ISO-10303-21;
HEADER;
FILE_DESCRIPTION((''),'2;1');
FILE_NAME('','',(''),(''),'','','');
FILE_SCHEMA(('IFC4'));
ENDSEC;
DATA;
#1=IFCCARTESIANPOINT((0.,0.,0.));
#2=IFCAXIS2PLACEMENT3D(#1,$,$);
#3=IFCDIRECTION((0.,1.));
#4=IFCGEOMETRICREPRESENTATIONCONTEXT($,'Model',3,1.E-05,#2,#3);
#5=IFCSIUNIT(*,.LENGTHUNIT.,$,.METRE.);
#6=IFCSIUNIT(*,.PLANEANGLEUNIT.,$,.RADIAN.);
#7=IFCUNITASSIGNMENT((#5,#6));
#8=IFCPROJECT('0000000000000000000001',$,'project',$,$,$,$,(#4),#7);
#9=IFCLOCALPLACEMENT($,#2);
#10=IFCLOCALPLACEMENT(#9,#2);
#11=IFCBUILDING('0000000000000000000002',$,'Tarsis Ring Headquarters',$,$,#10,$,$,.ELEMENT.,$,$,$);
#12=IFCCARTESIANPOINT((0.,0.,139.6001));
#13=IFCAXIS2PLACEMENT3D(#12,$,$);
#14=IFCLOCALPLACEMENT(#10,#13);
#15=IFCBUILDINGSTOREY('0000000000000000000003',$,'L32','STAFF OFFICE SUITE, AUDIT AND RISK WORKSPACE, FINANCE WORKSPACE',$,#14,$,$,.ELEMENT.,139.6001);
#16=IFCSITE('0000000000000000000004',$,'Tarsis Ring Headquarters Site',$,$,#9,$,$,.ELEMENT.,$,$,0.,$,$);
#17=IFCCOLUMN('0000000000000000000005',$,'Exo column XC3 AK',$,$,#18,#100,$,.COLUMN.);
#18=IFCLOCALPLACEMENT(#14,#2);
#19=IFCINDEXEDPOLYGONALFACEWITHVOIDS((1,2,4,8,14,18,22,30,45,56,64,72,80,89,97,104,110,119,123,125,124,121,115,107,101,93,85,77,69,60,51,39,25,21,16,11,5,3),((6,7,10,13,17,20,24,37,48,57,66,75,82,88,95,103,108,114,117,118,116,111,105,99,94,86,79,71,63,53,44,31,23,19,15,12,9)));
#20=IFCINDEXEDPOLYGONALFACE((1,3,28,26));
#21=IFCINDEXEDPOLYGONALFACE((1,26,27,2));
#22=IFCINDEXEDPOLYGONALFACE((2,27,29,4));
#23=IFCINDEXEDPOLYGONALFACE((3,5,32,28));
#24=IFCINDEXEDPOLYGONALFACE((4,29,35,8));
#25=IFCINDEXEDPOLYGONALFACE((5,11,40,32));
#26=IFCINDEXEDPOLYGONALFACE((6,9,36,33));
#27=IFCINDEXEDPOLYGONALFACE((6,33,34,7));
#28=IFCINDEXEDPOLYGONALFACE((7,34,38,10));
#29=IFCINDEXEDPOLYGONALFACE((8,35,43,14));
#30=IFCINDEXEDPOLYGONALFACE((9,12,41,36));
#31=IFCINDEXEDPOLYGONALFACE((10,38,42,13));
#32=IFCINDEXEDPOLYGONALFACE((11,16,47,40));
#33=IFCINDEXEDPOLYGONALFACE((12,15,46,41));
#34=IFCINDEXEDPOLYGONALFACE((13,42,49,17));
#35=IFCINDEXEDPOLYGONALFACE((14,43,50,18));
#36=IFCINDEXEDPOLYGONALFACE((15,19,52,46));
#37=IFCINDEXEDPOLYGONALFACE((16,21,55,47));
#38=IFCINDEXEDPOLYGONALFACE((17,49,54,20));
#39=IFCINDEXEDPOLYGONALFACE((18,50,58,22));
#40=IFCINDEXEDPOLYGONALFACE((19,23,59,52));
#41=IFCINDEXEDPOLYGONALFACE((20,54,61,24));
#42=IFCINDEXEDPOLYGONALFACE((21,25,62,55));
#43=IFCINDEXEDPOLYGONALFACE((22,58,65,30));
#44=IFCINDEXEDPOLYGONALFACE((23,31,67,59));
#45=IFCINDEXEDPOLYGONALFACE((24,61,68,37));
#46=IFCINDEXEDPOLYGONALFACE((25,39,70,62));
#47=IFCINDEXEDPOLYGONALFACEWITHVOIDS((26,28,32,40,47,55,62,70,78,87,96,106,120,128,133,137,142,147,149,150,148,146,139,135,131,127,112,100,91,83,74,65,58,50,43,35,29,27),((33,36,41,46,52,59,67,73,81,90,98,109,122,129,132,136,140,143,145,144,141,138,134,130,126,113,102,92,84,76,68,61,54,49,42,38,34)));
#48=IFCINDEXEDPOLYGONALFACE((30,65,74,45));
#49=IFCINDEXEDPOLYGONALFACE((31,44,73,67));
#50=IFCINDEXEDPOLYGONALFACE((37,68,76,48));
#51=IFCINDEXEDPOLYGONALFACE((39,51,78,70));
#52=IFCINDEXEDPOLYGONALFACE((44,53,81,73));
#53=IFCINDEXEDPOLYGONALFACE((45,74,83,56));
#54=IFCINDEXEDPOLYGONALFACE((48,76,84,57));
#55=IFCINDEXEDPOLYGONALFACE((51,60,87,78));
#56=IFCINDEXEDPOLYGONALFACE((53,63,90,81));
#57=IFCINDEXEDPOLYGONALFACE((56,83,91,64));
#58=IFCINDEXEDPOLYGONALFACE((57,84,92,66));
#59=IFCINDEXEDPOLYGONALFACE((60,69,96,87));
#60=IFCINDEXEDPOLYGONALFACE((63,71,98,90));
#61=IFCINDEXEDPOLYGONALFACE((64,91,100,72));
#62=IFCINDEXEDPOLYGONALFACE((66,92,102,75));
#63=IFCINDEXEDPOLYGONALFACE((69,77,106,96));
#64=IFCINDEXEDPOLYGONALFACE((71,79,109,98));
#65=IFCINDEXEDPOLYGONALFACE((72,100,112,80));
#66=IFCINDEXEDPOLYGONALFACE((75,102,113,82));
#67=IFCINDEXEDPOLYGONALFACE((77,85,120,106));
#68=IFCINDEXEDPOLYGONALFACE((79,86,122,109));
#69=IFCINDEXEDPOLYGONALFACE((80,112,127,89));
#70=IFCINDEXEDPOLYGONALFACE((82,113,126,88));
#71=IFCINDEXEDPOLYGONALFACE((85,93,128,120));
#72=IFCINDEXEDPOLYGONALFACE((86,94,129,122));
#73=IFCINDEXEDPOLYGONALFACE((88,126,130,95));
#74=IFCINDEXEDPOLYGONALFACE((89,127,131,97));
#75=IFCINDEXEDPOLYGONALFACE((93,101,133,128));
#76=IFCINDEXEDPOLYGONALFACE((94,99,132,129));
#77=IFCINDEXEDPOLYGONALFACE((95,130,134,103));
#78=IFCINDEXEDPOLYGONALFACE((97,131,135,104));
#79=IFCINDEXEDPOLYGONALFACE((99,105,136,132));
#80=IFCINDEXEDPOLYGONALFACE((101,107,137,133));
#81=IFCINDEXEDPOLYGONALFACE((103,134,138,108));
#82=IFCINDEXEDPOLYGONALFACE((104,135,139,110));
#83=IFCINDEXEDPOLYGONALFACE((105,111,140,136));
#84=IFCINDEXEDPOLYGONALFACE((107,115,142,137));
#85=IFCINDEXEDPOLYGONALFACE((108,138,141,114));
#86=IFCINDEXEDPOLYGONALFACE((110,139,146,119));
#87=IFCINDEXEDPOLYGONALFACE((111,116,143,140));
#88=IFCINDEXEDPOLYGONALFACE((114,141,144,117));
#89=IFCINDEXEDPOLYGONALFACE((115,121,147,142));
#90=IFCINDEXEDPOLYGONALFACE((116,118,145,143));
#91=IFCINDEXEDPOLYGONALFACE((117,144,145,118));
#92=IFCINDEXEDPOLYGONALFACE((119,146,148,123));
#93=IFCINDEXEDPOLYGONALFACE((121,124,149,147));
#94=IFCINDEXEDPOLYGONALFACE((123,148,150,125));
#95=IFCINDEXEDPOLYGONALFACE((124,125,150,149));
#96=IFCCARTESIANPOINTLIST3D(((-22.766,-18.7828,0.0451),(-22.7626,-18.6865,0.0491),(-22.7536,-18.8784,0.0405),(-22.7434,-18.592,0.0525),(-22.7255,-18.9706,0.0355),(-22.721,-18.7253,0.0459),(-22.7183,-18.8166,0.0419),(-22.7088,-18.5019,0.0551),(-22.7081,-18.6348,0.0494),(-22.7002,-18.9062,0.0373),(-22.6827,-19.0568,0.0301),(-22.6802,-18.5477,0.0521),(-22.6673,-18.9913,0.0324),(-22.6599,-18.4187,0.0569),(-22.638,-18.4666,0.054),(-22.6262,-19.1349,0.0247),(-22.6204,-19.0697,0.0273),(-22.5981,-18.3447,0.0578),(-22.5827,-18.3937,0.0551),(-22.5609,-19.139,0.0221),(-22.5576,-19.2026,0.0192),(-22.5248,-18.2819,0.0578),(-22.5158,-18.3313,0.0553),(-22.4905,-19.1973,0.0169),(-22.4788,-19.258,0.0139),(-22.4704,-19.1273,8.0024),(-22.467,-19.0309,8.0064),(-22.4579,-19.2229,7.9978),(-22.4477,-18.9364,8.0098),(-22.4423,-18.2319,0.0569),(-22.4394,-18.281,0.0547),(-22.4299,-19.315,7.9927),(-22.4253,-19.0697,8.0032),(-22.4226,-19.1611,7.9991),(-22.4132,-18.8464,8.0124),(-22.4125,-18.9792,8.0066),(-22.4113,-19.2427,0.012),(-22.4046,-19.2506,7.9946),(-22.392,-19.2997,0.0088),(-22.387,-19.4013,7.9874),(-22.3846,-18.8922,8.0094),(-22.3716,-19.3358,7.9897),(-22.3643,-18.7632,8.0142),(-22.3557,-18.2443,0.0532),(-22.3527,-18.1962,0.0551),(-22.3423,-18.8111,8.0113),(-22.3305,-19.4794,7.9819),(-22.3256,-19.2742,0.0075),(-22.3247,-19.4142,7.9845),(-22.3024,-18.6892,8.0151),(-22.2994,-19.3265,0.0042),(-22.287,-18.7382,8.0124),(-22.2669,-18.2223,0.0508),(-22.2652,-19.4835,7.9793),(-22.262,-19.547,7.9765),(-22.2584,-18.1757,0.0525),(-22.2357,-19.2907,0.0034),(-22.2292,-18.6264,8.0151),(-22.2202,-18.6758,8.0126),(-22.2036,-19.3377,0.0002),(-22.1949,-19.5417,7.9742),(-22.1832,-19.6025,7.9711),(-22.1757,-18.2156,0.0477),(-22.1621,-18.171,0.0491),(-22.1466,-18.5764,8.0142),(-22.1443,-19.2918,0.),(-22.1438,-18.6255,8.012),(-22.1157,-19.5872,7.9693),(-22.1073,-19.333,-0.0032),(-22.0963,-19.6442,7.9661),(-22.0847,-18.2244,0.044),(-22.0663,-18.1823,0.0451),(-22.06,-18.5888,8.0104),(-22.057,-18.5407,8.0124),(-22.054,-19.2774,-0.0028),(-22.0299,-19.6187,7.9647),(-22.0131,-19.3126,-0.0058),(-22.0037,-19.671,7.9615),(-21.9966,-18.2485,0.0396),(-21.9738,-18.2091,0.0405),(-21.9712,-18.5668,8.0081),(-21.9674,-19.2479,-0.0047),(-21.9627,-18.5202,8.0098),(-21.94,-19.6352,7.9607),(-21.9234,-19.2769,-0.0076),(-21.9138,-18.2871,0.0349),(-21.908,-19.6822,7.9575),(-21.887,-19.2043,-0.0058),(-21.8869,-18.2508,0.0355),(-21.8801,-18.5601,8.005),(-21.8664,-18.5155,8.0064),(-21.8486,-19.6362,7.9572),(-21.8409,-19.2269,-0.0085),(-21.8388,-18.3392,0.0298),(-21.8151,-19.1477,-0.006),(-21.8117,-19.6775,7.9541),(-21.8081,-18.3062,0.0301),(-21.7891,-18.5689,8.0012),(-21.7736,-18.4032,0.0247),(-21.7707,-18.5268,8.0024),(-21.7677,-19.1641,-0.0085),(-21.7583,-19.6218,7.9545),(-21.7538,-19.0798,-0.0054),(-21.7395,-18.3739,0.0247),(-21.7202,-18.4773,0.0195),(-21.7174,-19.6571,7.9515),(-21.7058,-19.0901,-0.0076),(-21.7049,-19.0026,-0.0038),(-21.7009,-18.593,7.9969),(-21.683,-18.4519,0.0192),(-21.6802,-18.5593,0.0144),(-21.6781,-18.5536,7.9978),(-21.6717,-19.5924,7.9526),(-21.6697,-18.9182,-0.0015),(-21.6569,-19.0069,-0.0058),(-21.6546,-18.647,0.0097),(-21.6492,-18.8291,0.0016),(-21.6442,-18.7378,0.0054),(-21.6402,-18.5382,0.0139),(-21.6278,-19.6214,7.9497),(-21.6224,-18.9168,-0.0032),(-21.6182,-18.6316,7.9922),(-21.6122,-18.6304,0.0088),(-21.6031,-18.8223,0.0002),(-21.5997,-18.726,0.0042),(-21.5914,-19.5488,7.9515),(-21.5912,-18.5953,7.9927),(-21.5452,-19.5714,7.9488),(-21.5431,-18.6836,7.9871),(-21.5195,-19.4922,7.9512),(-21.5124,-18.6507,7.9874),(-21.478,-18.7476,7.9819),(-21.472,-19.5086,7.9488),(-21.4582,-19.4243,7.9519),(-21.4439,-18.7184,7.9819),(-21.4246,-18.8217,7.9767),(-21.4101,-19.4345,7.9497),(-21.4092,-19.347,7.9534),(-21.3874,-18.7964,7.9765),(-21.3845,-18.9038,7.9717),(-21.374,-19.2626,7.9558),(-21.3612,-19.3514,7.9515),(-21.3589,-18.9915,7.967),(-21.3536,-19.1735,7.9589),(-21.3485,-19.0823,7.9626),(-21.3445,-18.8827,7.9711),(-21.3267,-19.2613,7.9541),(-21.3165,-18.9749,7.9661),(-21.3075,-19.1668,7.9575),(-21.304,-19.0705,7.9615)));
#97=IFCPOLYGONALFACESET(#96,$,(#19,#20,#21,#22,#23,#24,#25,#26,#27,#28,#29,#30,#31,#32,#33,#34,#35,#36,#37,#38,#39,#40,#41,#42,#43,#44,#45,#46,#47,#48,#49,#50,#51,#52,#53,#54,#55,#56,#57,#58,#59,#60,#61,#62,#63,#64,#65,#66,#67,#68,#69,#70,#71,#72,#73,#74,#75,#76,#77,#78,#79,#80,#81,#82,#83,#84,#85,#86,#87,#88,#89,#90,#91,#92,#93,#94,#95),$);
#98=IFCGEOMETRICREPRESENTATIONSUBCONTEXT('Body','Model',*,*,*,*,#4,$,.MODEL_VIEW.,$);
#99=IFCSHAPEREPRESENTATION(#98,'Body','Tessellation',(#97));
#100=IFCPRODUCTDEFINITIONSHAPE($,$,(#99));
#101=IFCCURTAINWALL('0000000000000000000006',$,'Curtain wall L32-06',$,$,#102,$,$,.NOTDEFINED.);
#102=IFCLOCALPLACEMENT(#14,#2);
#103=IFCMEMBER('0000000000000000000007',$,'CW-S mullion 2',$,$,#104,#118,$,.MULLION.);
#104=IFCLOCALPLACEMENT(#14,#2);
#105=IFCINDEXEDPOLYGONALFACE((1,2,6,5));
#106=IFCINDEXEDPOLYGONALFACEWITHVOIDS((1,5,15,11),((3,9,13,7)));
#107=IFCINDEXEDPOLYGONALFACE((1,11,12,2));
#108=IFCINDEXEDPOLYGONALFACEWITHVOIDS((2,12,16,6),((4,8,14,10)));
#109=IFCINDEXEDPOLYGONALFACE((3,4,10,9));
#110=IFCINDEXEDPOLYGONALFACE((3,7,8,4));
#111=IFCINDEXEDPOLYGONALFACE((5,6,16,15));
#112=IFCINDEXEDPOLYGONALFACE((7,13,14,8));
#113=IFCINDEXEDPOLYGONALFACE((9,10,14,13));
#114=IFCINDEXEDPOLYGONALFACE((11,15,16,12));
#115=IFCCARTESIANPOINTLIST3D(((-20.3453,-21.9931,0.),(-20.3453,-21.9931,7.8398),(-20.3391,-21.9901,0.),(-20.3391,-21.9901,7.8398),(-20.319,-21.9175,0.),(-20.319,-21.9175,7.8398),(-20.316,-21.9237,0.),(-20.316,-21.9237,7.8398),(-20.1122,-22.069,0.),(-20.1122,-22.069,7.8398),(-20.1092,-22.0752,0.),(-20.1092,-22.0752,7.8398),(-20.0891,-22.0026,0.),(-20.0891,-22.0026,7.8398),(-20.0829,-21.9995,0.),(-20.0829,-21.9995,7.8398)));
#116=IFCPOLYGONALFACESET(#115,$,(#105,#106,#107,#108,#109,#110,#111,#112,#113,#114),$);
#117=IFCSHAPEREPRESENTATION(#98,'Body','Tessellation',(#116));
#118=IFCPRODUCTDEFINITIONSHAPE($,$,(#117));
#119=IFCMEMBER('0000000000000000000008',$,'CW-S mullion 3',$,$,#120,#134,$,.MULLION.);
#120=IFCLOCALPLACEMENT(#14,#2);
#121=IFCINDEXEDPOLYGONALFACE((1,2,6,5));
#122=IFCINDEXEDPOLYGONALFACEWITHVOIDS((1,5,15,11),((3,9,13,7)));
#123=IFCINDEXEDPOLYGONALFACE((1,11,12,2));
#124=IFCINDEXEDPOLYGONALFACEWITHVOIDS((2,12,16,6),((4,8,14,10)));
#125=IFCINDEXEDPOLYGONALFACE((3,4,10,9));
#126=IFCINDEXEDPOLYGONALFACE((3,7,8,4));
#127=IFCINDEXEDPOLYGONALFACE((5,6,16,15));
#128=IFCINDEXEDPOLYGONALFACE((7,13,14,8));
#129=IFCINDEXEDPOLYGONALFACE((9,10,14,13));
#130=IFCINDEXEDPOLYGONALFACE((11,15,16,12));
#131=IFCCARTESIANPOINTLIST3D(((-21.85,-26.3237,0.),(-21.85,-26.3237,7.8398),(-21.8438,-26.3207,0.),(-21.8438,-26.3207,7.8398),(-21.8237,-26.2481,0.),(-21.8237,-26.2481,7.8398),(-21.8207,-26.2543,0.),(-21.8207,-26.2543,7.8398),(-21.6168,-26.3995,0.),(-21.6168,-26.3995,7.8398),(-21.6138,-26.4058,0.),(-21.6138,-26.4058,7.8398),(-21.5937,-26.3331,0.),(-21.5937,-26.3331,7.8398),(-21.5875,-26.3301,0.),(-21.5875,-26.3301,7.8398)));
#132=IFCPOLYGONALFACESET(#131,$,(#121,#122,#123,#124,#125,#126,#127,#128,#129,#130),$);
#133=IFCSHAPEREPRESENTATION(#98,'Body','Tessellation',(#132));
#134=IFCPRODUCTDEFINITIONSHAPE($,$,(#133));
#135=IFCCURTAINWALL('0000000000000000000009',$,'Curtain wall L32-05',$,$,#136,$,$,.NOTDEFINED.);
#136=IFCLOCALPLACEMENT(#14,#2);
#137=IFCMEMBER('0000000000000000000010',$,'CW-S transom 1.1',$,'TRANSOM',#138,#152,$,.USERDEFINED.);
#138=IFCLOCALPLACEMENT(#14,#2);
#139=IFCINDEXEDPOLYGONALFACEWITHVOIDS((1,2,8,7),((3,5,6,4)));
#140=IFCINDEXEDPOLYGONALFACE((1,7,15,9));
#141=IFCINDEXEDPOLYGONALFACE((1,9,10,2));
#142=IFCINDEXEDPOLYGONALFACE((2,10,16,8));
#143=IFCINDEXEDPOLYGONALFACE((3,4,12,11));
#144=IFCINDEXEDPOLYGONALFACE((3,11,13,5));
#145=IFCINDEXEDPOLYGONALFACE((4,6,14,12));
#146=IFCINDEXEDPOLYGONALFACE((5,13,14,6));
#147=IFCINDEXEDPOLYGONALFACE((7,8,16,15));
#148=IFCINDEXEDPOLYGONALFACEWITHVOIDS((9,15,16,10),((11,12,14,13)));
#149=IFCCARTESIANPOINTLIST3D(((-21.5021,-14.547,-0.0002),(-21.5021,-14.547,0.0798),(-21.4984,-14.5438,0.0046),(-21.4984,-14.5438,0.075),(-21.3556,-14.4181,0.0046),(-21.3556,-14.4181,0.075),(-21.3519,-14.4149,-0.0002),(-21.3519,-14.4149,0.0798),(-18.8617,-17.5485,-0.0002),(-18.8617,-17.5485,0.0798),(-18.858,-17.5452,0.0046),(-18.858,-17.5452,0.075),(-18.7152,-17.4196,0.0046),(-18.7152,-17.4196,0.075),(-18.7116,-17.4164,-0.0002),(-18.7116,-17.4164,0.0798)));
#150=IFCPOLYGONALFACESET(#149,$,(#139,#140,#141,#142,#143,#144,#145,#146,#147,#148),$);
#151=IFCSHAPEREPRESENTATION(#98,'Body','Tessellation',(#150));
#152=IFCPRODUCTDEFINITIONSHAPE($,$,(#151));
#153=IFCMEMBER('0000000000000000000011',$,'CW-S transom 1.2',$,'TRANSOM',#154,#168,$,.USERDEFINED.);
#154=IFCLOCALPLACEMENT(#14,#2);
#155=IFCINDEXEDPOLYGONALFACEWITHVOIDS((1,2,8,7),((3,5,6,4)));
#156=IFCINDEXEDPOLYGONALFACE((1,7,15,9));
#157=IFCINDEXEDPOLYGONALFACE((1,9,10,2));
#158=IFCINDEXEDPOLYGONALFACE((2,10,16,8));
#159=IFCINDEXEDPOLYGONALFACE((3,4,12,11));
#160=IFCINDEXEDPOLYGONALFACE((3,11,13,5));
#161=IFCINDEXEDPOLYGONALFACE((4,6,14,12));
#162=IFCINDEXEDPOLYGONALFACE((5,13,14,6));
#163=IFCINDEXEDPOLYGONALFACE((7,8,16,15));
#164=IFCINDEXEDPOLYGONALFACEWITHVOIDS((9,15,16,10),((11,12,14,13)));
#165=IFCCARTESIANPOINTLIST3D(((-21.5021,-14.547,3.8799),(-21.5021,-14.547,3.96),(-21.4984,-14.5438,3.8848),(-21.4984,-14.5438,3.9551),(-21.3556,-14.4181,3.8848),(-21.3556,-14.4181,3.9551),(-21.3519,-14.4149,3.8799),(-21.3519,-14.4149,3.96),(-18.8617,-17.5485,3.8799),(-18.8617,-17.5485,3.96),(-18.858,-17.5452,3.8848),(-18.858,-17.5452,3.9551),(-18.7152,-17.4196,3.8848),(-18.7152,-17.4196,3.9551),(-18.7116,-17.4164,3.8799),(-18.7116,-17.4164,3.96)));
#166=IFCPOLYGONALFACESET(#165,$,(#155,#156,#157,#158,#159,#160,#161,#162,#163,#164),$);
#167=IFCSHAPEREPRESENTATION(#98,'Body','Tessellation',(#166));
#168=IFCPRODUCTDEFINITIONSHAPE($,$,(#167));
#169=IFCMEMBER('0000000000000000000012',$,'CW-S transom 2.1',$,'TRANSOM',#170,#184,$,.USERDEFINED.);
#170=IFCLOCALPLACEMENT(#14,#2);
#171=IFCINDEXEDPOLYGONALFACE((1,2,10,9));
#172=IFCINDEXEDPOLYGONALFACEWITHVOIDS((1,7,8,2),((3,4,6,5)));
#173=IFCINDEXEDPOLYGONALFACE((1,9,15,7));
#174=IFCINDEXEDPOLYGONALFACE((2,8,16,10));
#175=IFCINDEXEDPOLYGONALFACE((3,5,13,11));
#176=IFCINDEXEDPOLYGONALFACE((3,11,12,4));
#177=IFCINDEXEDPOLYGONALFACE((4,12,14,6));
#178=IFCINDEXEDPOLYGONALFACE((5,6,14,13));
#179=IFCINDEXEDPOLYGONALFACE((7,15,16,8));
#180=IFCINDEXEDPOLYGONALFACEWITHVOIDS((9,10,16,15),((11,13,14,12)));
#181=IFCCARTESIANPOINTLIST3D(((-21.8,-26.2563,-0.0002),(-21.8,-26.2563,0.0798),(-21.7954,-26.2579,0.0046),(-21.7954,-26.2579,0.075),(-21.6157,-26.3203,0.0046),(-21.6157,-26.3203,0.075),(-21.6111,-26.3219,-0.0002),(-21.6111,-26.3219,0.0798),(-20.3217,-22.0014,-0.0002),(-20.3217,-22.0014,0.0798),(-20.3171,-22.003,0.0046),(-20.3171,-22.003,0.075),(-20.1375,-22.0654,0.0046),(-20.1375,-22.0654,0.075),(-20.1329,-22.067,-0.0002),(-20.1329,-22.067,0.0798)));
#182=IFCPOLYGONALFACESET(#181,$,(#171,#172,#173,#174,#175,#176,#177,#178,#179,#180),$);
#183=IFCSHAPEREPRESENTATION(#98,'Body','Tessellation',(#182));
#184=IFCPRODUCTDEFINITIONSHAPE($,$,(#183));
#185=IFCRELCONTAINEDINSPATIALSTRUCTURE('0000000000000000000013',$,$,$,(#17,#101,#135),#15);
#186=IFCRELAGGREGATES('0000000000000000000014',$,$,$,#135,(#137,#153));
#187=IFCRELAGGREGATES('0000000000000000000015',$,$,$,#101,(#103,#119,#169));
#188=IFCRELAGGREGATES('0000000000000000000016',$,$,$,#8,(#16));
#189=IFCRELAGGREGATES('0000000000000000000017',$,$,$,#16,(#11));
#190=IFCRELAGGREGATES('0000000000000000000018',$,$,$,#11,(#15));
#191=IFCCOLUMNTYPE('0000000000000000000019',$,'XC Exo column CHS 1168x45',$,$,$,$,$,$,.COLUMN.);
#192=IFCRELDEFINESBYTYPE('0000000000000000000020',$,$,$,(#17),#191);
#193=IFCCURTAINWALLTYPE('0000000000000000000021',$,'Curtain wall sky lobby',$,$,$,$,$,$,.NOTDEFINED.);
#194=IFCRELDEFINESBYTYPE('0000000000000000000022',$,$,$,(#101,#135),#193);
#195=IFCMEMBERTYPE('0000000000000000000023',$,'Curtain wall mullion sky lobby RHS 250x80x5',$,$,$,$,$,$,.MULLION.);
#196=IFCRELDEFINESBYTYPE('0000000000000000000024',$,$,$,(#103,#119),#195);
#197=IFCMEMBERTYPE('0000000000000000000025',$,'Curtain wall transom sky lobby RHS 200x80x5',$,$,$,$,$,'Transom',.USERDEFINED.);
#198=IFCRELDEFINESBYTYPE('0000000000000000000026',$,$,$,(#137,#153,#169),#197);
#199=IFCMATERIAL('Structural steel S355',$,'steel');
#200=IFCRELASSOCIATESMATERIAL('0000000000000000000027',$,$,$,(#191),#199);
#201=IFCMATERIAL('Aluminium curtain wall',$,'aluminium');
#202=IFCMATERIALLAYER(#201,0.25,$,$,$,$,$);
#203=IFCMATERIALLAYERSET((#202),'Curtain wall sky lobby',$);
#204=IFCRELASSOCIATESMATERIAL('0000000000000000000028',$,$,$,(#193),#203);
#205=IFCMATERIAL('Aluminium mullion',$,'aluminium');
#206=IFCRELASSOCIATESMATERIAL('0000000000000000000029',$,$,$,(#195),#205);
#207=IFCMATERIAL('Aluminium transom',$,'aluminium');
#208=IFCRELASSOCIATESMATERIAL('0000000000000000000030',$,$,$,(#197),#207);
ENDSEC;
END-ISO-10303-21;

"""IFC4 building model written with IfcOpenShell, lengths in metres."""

from ifc_helpers import new_model, si_unit, direction, frame, origin, origin_2d, place, context, subcontext, project, spatial, hollow_rectangle, hollow_circle, extrude, material, layer, layer_set, material_profile, profile_set, type_object, element, aggregate, save


model = new_model("IFC4")

# Units and contexts
model_context = context("Model", 3, precision=1e-05, world=origin(), true_north=direction((0.0, 1.0)))
body_context = subcontext(model_context, "Body", "Model", "MODEL_VIEW")
ifc_project = project(units=[si_unit("LENGTHUNIT", "METRE"), si_unit("PLANEANGLEUNIT", "RADIAN")], contexts=[model_context])

# Site, building, storey
site_placement = place(None, origin())
site = spatial("IfcSite", under=ifc_project, at=site_placement, Name="Tarsis Ring Headquarters Site", CompositionType="ELEMENT", RefElevation=0.0)
building_placement = place(site_placement, origin())
building = spatial("IfcBuilding", under=site, at=building_placement, Name="Tarsis Ring Headquarters", CompositionType="ELEMENT")
storey_placement = place(building_placement, frame((0.0, 0.0, 139.6001)))
storey = spatial("IfcBuildingStorey", under=building, at=storey_placement, Name="L32", Description="STAFF OFFICE SUITE, AUDIT AND RISK WORKSPACE, FINANCE WORKSPACE", CompositionType="ELEMENT", Elevation=139.6001)

# Column
ifc_material_1 = material(Name="Structural steel S355", Category="steel")
ifc_material_profile_1 = material_profile(ifc_material_1, hollow_circle(Radius=0.5842, WallThickness=0.0449, at=origin_2d()), Name="CHS 1168x45")
ifc_profile_set_1 = profile_set([ifc_material_profile_1], Name="Structural steel S355")
column_type = type_object("IfcColumnType", Name="XC Exo column CHS 1168x45", PredefinedType="COLUMN", material=ifc_profile_set_1)
column_placement = place(storey_placement, frame((-22.1829, -18.7544, 0.0247), z_axis=(0.037095, -0.043221, 0.998377), x_axis=(0.758839, 0.651278, 0.0)))
element("IfcColumn", 1, at=column_placement, inside=storey, type_object=column_type, Name="Exo column XC3 AK", PredefinedType="COLUMN", context=body_context, shape_type="SweptSolid", body=[
    extrude(hollow_circle(Radius=0.5842, WallThickness=0.0449, at=origin_2d()), origin(), (0.0, 0.0, 1.0), 7.9702),
])

# Curtain walls, members
ifc_material_2 = material(Name="Aluminium curtain wall", Category="aluminium")
ifc_layer_1 = layer(ifc_material_2, 0.25)
ifc_layer_set_1 = layer_set([ifc_layer_1], Name="Curtain wall sky lobby")
curtain_wall_type = type_object("IfcCurtainWallType", Name="Curtain wall sky lobby", PredefinedType="NOTDEFINED", material=ifc_layer_set_1)
curtain_wall_1_placement = place(storey_placement, origin())
curtain_wall_1 = element("IfcCurtainWall", 2, at=curtain_wall_1_placement, inside=storey, type_object=curtain_wall_type, Name="Curtain wall L32-06", PredefinedType="NOTDEFINED")
ifc_material_3 = material(Name="Aluminium mullion", Category="aluminium")
ifc_material_profile_2 = material_profile(ifc_material_3, hollow_rectangle(XDim=0.25, YDim=0.0801, WallThickness=0.0049, at=origin_2d()), Name="RHS 250x80x5")
ifc_profile_set_2 = profile_set([ifc_material_profile_2], Name="Aluminium mullion")
member_type_1 = type_object("IfcMemberType", Name="Curtain wall mullion sky lobby RHS 250x80x5", PredefinedType="MULLION", material=ifc_profile_set_2)
member_1_placement = place(storey_placement, frame((-20.2141, -21.9963, 0.0), z_axis=(0.0, 0.0, 1.0), x_axis=(0.944606, -0.328207, 0.0)))
member_1 = element("IfcMember", 3, at=member_1_placement, type_object=member_type_1, Name="CW-S mullion 2", PredefinedType="MULLION", context=body_context, shape_type="SweptSolid", body=[
    extrude(hollow_rectangle(XDim=0.25, YDim=0.0801, WallThickness=0.0049, at=origin_2d()), origin(), (0.0, 0.0, 1.0), 7.8398),
])
member_2_placement = place(storey_placement, frame((-21.7188, -26.3269, 0.0), z_axis=(0.0, 0.0, 1.0), x_axis=(0.944606, -0.328207, 0.0)))
member_2 = element("IfcMember", 4, at=member_2_placement, type_object=member_type_1, Name="CW-S mullion 3", PredefinedType="MULLION", context=body_context, shape_type="SweptSolid", body=[
    extrude(hollow_rectangle(XDim=0.25, YDim=0.0801, WallThickness=0.0049, at=origin_2d()), origin(), (0.0, 0.0, 1.0), 7.8398),
])
curtain_wall_2_placement = place(storey_placement, origin())
curtain_wall_2 = element("IfcCurtainWall", 5, at=curtain_wall_2_placement, inside=storey, type_object=curtain_wall_type, Name="Curtain wall L32-05", PredefinedType="NOTDEFINED")
ifc_material_4 = material(Name="Aluminium transom", Category="aluminium")
ifc_material_profile_3 = material_profile(ifc_material_4, hollow_rectangle(XDim=0.2, YDim=0.0801, WallThickness=0.0049, at=origin_2d()), Name="RHS 200x80x5")
ifc_profile_set_3 = profile_set([ifc_material_profile_3], Name="Aluminium transom")
member_type_2 = type_object("IfcMemberType", Name="Curtain wall transom sky lobby RHS 200x80x5", ElementType="Transom", PredefinedType="USERDEFINED", material=ifc_profile_set_3)
member_3_placement = place(storey_placement, frame((-21.427, -14.481, 0.0398), z_axis=(0.6605, -0.750826, 0.0), x_axis=(0.750826, 0.6605, 0.0)))
member_3 = element("IfcMember", 6, at=member_3_placement, type_object=member_type_2, Name="CW-S transom 1.1", ObjectType="TRANSOM", PredefinedType="USERDEFINED", context=body_context, shape_type="SweptSolid", body=[
    extrude(hollow_rectangle(XDim=0.2, YDim=0.0801, WallThickness=0.0049, at=origin_2d()), origin(), (0.0, 0.0, 1.0), 3.9976),
])
member_4_placement = place(storey_placement, frame((-21.427, -14.481, 3.9199), z_axis=(0.6605, -0.750826, 0.0), x_axis=(0.750826, 0.6605, 0.0)))
member_4 = element("IfcMember", 7, at=member_4_placement, type_object=member_type_2, Name="CW-S transom 1.2", ObjectType="TRANSOM", PredefinedType="USERDEFINED", context=body_context, shape_type="SweptSolid", body=[
    extrude(hollow_rectangle(XDim=0.2, YDim=0.0801, WallThickness=0.0049, at=origin_2d()), origin(), (0.0, 0.0, 1.0), 3.9976),
])

# Member
member_5_placement = place(storey_placement, frame((-20.2273, -22.0342, 0.0398), z_axis=(-0.328186, -0.944613, 0.0), x_axis=(0.944613, -0.328186, 0.0)))
member_5 = element("IfcMember", 8, at=member_5_placement, type_object=member_type_2, Name="CW-S transom 2.1", ObjectType="TRANSOM", PredefinedType="USERDEFINED", context=body_context, shape_type="SweptSolid", body=[
    extrude(hollow_rectangle(XDim=0.2, YDim=0.0801, WallThickness=0.0049, at=origin_2d()), origin(), (0.0, 0.0, 1.0), 4.5044),
])

aggregate(curtain_wall_2, [member_3, member_4])
aggregate(curtain_wall_1, [member_1, member_2, member_5])

save(model, "model.ifc")
